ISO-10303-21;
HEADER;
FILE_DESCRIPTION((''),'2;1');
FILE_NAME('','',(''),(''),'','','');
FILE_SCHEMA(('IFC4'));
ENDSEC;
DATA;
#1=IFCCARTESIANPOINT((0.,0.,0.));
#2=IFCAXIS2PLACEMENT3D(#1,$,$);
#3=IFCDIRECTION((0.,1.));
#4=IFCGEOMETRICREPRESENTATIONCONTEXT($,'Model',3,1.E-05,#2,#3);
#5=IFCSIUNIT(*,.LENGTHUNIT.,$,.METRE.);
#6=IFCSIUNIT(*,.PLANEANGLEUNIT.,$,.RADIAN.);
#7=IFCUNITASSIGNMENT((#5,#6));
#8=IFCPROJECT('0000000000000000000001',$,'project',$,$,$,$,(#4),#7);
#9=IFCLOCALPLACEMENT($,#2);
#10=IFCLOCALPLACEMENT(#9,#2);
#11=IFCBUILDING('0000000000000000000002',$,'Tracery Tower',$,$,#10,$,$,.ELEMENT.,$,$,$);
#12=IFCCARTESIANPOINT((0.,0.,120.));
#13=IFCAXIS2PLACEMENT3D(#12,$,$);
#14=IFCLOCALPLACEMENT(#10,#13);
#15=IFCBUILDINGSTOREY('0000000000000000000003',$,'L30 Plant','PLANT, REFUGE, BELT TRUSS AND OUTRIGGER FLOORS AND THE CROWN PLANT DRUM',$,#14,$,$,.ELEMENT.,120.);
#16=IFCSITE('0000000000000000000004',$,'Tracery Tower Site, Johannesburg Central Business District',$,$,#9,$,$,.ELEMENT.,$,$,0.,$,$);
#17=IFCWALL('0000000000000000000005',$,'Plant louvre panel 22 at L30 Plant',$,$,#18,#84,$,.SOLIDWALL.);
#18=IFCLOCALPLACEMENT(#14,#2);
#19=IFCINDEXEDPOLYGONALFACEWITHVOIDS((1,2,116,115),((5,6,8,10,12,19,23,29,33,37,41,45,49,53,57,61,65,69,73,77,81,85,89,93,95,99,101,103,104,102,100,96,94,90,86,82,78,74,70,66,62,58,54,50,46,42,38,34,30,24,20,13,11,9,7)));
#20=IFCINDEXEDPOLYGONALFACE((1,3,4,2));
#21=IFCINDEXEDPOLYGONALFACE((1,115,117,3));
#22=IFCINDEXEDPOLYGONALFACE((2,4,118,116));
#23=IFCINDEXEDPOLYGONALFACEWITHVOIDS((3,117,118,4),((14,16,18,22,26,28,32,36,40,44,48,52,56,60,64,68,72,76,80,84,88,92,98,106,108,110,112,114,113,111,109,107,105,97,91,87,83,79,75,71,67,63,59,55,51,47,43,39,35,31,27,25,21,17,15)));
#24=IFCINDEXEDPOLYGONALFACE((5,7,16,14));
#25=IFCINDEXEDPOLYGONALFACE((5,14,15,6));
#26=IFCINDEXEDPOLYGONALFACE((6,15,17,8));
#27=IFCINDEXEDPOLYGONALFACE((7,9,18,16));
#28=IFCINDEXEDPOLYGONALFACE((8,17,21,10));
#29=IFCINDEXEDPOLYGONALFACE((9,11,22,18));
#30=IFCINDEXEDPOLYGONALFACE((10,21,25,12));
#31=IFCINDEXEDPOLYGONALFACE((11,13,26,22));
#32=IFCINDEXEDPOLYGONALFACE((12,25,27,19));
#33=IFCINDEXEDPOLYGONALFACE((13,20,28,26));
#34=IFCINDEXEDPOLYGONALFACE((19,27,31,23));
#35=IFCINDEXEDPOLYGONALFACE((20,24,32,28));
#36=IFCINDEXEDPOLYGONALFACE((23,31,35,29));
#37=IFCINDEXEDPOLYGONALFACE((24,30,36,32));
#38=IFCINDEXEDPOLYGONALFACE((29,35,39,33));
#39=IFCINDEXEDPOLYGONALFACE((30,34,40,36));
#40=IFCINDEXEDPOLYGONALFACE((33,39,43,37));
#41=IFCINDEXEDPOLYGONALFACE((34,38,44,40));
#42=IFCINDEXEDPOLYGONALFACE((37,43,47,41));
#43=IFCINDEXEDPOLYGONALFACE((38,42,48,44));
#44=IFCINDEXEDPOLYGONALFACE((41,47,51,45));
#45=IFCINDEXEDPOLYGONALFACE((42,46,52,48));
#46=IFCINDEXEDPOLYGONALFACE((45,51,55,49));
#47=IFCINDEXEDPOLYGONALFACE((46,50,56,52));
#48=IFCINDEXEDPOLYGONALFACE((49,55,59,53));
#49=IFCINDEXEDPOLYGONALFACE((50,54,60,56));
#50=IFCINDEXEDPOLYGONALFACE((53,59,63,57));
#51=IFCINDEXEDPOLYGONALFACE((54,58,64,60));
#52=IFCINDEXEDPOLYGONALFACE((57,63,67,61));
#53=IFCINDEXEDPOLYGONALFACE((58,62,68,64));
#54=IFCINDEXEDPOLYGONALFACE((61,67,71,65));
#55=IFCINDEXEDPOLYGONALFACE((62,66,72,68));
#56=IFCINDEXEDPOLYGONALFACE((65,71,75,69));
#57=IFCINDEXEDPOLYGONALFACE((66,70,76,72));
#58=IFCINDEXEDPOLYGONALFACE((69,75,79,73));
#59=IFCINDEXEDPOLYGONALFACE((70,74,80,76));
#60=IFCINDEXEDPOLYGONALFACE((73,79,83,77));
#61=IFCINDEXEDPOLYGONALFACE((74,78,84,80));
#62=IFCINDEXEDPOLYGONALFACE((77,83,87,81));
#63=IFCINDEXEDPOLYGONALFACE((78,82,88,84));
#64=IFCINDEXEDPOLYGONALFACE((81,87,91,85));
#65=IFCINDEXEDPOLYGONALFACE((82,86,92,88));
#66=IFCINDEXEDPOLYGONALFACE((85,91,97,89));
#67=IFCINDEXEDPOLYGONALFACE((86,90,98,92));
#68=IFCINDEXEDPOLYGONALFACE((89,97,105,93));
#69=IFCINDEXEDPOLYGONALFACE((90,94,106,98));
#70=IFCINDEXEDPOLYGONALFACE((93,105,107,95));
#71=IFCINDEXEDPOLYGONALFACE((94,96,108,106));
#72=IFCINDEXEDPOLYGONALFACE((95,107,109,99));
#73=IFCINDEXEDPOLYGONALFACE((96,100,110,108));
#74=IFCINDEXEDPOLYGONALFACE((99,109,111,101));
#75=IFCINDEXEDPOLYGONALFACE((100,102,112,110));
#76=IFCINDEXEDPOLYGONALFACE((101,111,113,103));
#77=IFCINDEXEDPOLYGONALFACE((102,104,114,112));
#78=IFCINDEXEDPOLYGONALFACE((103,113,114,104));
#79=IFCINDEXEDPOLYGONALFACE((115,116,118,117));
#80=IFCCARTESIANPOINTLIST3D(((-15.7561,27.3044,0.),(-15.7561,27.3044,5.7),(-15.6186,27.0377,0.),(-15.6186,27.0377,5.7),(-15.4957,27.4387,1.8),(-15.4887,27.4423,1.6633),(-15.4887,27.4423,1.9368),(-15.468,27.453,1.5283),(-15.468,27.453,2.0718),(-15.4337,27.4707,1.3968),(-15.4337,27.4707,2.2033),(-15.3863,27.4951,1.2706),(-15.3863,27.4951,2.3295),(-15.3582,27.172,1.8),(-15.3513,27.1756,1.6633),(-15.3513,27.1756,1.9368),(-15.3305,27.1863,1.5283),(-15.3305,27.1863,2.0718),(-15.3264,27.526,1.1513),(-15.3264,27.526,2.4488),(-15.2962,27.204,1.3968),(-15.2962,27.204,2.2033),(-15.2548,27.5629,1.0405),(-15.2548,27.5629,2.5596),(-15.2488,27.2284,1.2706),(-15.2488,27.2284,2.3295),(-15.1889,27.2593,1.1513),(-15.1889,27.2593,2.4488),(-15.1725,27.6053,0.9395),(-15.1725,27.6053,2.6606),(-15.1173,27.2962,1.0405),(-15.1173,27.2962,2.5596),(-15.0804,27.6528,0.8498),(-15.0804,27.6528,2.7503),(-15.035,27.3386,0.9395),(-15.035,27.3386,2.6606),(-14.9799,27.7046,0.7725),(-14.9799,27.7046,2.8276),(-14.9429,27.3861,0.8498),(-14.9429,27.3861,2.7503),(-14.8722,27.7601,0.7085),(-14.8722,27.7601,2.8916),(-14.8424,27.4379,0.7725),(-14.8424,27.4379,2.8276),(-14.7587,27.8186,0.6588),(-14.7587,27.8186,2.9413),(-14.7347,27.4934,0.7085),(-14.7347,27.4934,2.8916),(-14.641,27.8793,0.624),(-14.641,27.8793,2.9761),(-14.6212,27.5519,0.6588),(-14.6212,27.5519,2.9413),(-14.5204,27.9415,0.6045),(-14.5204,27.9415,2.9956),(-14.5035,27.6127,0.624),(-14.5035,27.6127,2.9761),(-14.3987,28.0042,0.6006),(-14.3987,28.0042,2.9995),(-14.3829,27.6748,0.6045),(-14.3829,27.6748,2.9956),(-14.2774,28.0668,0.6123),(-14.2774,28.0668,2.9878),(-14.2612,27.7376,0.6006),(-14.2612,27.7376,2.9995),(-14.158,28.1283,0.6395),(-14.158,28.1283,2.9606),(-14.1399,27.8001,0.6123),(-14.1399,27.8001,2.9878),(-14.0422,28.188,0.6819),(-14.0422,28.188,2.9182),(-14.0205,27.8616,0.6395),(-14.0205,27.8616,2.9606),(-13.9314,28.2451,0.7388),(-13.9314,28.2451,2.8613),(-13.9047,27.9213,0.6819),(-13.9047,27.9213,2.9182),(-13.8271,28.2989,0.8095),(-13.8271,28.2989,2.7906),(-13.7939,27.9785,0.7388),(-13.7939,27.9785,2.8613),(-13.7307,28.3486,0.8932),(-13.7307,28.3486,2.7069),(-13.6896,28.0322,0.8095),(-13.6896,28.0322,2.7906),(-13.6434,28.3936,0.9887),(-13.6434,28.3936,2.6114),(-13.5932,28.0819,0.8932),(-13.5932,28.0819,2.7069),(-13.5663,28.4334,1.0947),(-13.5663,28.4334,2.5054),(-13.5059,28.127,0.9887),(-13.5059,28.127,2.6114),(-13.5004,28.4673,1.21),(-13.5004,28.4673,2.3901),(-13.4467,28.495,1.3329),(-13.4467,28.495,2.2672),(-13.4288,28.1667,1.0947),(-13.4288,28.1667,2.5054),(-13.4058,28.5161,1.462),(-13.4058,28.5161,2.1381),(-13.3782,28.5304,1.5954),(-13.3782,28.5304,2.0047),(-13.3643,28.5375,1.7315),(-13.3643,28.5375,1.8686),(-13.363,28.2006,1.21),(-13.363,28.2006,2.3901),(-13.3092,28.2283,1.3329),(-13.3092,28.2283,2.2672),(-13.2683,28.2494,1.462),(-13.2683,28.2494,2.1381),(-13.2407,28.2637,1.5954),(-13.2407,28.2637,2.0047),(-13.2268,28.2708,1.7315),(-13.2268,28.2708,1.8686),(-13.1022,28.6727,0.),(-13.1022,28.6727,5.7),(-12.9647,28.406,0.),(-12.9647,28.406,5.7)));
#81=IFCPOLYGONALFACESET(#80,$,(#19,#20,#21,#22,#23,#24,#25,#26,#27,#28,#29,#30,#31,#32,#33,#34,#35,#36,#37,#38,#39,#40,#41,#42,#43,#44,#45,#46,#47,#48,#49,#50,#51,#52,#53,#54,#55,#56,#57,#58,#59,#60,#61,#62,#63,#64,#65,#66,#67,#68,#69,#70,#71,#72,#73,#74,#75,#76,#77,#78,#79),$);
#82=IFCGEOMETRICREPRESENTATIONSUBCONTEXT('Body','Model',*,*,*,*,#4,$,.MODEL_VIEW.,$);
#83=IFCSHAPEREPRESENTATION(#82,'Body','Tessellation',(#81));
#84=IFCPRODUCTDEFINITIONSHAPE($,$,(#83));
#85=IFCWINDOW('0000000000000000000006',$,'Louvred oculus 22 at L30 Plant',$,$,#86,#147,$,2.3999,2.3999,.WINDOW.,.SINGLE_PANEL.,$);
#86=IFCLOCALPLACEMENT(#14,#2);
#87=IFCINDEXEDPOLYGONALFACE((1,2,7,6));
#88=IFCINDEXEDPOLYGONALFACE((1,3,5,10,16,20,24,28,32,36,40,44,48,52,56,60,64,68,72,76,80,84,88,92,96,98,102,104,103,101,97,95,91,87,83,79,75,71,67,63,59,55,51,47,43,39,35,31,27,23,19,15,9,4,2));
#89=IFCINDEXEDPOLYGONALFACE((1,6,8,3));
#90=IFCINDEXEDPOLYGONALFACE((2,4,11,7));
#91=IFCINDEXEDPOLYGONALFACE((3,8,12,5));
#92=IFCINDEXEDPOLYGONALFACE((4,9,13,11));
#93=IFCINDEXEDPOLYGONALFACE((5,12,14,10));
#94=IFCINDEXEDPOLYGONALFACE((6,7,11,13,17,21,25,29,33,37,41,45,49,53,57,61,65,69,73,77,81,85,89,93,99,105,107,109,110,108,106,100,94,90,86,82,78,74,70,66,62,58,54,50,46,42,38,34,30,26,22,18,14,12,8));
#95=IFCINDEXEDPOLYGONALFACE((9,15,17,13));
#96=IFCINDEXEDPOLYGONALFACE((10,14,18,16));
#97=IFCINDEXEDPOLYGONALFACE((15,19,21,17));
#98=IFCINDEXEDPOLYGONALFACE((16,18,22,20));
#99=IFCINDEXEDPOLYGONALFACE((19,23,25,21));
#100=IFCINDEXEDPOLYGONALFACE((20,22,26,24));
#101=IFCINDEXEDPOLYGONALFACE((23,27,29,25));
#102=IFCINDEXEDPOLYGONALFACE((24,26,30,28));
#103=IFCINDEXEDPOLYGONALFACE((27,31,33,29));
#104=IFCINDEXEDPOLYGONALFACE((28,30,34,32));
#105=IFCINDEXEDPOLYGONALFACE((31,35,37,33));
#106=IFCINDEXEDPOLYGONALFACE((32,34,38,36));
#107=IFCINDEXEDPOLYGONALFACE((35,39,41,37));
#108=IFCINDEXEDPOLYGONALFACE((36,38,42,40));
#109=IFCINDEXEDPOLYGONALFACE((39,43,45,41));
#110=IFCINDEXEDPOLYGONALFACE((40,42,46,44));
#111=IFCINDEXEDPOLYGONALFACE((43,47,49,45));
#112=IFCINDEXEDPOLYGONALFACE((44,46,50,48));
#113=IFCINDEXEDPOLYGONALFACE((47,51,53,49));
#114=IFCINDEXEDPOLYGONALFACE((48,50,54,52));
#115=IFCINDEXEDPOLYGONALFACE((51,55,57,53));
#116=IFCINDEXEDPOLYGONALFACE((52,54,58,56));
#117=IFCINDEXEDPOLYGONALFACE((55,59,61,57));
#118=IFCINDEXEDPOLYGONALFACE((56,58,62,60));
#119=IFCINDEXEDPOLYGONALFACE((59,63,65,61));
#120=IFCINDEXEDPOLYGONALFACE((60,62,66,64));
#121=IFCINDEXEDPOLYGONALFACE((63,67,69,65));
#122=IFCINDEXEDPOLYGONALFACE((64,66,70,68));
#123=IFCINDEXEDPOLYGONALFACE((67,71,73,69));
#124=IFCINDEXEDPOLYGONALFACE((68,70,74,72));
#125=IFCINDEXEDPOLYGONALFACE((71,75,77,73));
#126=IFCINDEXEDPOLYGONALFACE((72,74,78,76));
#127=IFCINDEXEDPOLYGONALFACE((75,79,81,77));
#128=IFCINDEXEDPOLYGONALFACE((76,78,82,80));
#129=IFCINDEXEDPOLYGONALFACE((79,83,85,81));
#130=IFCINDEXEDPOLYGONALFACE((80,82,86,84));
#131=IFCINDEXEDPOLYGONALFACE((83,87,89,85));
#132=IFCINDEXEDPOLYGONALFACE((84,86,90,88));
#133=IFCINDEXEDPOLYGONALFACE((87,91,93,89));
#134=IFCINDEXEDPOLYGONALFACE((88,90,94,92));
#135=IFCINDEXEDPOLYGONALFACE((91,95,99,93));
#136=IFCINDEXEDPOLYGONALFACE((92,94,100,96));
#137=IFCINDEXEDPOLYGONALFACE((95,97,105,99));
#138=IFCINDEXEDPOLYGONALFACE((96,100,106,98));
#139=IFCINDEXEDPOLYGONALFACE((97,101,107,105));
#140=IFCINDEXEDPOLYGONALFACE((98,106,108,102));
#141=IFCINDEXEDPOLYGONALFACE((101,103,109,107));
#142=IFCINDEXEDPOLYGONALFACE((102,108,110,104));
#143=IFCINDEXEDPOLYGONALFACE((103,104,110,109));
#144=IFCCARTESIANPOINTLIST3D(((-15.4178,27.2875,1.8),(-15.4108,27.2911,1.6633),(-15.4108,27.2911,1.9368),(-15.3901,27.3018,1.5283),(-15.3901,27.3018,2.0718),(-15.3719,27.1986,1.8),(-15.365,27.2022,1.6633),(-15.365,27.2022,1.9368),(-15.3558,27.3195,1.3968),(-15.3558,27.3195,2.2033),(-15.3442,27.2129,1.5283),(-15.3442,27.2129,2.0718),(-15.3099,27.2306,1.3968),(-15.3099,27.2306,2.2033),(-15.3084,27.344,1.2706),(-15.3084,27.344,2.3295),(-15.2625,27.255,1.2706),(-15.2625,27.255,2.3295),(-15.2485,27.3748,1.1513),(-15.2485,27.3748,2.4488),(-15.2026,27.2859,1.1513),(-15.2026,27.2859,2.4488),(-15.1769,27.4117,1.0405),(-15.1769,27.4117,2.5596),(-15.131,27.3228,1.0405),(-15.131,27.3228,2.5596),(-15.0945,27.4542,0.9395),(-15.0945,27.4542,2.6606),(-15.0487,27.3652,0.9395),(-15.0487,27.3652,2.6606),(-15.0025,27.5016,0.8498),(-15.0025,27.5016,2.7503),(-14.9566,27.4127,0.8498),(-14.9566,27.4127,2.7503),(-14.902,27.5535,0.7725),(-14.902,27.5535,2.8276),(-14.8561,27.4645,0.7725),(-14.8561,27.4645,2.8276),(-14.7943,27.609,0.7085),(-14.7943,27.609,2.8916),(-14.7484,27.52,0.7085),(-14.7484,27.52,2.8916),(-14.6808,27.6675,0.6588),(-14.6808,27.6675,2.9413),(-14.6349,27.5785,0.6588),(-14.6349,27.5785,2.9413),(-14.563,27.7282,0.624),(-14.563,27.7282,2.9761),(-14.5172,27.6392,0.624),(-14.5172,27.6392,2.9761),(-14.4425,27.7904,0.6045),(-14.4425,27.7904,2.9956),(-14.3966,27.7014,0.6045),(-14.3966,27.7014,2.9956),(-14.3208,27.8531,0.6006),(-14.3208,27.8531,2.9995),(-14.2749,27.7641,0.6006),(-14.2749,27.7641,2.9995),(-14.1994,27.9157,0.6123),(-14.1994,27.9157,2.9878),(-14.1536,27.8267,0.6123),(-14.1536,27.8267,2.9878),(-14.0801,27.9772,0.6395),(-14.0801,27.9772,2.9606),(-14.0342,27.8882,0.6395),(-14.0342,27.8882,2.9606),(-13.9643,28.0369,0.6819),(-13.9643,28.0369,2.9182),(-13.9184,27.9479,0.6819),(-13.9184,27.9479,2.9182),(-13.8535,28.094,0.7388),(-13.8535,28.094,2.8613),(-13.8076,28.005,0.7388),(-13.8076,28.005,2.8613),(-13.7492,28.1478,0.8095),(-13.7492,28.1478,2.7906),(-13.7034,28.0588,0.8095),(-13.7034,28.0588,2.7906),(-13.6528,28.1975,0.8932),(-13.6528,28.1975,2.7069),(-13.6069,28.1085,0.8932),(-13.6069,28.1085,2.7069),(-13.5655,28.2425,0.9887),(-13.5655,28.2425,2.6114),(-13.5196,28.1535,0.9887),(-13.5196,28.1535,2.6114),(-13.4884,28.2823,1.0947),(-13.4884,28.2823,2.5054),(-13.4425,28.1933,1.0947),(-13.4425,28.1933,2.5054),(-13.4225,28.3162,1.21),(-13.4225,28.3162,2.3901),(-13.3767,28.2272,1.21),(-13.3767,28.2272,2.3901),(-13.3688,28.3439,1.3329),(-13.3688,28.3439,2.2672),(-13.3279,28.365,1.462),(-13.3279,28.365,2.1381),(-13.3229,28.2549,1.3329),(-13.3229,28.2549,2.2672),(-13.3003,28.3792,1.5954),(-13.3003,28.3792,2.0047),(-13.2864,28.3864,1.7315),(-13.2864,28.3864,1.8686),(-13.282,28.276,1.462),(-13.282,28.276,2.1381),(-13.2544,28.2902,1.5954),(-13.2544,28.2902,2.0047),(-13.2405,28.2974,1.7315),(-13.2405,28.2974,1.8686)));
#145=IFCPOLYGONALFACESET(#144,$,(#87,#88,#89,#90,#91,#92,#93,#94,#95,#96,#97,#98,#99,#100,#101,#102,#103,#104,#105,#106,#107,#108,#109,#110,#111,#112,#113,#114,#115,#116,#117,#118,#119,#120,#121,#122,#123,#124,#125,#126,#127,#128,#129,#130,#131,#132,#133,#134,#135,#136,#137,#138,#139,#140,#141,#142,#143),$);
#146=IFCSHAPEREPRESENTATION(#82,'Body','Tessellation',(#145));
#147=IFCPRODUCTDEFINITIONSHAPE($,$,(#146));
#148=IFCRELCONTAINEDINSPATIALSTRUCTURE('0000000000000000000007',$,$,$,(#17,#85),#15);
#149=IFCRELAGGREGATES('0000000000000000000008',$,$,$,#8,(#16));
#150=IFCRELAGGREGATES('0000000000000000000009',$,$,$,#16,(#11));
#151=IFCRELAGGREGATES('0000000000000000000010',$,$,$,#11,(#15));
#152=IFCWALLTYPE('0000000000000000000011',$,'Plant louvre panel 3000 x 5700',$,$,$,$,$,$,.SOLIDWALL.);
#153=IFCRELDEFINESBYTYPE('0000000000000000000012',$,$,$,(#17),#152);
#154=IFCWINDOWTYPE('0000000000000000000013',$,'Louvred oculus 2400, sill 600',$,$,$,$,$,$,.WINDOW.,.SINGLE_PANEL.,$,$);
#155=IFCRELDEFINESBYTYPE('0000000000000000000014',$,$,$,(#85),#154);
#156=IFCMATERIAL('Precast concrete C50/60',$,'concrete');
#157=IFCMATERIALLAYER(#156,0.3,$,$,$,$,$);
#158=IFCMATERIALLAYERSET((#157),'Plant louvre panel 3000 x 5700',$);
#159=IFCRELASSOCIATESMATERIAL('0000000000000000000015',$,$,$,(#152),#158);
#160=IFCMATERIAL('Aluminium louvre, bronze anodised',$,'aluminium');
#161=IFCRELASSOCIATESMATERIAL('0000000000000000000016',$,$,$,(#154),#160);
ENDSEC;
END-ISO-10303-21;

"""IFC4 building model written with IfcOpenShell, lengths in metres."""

from ifc_helpers import new_model, si_unit, direction, frame, frame_2d, origin, origin_2d, place, context, subcontext, project, spatial, rectangle, circle, extrude, material, layer, layer_set, type_object, element, fill, save


model = new_model("IFC4")

# Units and contexts
model_context = context("Model", 3, precision=1e-05, world=origin(), true_north=direction((0.0, 1.0)))
body_context = subcontext(model_context, "Body", "Model", "MODEL_VIEW")
ifc_project = project(units=[si_unit("LENGTHUNIT", "METRE"), si_unit("PLANEANGLEUNIT", "RADIAN")], contexts=[model_context])

# Site, building, storey
site_placement = place(None, origin())
site = spatial("IfcSite", under=ifc_project, at=site_placement, Name="Tracery Tower Site, Johannesburg Central Business District", CompositionType="ELEMENT", RefElevation=0.0)
building_placement = place(site_placement, origin())
building = spatial("IfcBuilding", under=site, at=building_placement, Name="Tracery Tower", CompositionType="ELEMENT")
storey_placement = place(building_placement, frame((0.0, 0.0, 120.0)))
storey = spatial("IfcBuildingStorey", under=building, at=storey_placement, Name="L30 Plant", Description="PLANT, REFUGE, BELT TRUSS AND OUTRIGGER FLOORS AND THE CROWN PLANT DRUM", CompositionType="ELEMENT", Elevation=120.0)

# Wall, opening, window
ifc_material_1 = material(Name="Precast concrete C50/60", Category="concrete")
ifc_layer_1 = layer(ifc_material_1, 0.3)
ifc_layer_set_1 = layer_set([ifc_layer_1], Name="Plant louvre panel 3000 x 5700")
wall_type_1 = type_object("IfcWallType", Name="Plant louvre panel 3000 x 5700", PredefinedType="SOLIDWALL", material=ifc_layer_set_1)
ifc_material_2 = material(Name="Aluminium louvre, bronze anodised", Category="aluminium")
window_type = type_object("IfcWindowType", Name="Louvred oculus 2400, sill 600", PartitioningType="SINGLE_PANEL", PredefinedType="WINDOW", material=ifc_material_2)
wall_1_placement = place(storey_placement, frame((-13.0334, 28.5393, 0.0), z_axis=(0.0, 0.0, 1.0), x_axis=(-0.888831, -0.458235, 0.0)))
wall_1 = element("IfcWall", 1, at=wall_1_placement, inside=storey, type_object=wall_type_1, Name="Plant louvre panel 22 at L30 Plant", PredefinedType="SOLIDWALL", context=body_context, shape_type="SweptSolid", body=[
    extrude(rectangle(XDim=2.9858, YDim=0.3, at=frame_2d((1.4929, 0.0))), origin(), (0.0, 0.0, 1.0), 5.7),
])
opening_1_placement = place(wall_1_placement, frame((1.4929, 0.0, 1.8)))
opening_1 = element("IfcOpeningElement", 2, at=opening_1_placement, cuts=wall_1, PredefinedType="OPENING", context=body_context, shape_type="SweptSolid", body=[
    extrude(circle(Radius=1.2, at=origin_2d()), frame((0.0, 0.1599, 0.0), z_axis=(0.0, -1.0, 0.0), x_axis=(1.0, 0.0, 0.0)), (0.0, 0.0, 1.0), 0.3201),
])
window_1_placement = place(opening_1_placement, origin())
window_1 = element("IfcWindow", 3, at=window_1_placement, inside=storey, type_object=window_type, Name="Louvred oculus 22 at L30 Plant", OverallHeight=2.3999, OverallWidth=2.3999, PartitioningType="SINGLE_PANEL", PredefinedType="WINDOW", context=body_context, shape_type="SweptSolid", body=[
    extrude(circle(Radius=1.2, at=origin_2d()), frame((0.0, 0.1201, 0.0), z_axis=(0.0, -1.0, 0.0), x_axis=(1.0, 0.0, 0.0)), (0.0, 0.0, 1.0), 0.1001),
])
fill(opening_1, window_1)

save(model, "model.ifc")
